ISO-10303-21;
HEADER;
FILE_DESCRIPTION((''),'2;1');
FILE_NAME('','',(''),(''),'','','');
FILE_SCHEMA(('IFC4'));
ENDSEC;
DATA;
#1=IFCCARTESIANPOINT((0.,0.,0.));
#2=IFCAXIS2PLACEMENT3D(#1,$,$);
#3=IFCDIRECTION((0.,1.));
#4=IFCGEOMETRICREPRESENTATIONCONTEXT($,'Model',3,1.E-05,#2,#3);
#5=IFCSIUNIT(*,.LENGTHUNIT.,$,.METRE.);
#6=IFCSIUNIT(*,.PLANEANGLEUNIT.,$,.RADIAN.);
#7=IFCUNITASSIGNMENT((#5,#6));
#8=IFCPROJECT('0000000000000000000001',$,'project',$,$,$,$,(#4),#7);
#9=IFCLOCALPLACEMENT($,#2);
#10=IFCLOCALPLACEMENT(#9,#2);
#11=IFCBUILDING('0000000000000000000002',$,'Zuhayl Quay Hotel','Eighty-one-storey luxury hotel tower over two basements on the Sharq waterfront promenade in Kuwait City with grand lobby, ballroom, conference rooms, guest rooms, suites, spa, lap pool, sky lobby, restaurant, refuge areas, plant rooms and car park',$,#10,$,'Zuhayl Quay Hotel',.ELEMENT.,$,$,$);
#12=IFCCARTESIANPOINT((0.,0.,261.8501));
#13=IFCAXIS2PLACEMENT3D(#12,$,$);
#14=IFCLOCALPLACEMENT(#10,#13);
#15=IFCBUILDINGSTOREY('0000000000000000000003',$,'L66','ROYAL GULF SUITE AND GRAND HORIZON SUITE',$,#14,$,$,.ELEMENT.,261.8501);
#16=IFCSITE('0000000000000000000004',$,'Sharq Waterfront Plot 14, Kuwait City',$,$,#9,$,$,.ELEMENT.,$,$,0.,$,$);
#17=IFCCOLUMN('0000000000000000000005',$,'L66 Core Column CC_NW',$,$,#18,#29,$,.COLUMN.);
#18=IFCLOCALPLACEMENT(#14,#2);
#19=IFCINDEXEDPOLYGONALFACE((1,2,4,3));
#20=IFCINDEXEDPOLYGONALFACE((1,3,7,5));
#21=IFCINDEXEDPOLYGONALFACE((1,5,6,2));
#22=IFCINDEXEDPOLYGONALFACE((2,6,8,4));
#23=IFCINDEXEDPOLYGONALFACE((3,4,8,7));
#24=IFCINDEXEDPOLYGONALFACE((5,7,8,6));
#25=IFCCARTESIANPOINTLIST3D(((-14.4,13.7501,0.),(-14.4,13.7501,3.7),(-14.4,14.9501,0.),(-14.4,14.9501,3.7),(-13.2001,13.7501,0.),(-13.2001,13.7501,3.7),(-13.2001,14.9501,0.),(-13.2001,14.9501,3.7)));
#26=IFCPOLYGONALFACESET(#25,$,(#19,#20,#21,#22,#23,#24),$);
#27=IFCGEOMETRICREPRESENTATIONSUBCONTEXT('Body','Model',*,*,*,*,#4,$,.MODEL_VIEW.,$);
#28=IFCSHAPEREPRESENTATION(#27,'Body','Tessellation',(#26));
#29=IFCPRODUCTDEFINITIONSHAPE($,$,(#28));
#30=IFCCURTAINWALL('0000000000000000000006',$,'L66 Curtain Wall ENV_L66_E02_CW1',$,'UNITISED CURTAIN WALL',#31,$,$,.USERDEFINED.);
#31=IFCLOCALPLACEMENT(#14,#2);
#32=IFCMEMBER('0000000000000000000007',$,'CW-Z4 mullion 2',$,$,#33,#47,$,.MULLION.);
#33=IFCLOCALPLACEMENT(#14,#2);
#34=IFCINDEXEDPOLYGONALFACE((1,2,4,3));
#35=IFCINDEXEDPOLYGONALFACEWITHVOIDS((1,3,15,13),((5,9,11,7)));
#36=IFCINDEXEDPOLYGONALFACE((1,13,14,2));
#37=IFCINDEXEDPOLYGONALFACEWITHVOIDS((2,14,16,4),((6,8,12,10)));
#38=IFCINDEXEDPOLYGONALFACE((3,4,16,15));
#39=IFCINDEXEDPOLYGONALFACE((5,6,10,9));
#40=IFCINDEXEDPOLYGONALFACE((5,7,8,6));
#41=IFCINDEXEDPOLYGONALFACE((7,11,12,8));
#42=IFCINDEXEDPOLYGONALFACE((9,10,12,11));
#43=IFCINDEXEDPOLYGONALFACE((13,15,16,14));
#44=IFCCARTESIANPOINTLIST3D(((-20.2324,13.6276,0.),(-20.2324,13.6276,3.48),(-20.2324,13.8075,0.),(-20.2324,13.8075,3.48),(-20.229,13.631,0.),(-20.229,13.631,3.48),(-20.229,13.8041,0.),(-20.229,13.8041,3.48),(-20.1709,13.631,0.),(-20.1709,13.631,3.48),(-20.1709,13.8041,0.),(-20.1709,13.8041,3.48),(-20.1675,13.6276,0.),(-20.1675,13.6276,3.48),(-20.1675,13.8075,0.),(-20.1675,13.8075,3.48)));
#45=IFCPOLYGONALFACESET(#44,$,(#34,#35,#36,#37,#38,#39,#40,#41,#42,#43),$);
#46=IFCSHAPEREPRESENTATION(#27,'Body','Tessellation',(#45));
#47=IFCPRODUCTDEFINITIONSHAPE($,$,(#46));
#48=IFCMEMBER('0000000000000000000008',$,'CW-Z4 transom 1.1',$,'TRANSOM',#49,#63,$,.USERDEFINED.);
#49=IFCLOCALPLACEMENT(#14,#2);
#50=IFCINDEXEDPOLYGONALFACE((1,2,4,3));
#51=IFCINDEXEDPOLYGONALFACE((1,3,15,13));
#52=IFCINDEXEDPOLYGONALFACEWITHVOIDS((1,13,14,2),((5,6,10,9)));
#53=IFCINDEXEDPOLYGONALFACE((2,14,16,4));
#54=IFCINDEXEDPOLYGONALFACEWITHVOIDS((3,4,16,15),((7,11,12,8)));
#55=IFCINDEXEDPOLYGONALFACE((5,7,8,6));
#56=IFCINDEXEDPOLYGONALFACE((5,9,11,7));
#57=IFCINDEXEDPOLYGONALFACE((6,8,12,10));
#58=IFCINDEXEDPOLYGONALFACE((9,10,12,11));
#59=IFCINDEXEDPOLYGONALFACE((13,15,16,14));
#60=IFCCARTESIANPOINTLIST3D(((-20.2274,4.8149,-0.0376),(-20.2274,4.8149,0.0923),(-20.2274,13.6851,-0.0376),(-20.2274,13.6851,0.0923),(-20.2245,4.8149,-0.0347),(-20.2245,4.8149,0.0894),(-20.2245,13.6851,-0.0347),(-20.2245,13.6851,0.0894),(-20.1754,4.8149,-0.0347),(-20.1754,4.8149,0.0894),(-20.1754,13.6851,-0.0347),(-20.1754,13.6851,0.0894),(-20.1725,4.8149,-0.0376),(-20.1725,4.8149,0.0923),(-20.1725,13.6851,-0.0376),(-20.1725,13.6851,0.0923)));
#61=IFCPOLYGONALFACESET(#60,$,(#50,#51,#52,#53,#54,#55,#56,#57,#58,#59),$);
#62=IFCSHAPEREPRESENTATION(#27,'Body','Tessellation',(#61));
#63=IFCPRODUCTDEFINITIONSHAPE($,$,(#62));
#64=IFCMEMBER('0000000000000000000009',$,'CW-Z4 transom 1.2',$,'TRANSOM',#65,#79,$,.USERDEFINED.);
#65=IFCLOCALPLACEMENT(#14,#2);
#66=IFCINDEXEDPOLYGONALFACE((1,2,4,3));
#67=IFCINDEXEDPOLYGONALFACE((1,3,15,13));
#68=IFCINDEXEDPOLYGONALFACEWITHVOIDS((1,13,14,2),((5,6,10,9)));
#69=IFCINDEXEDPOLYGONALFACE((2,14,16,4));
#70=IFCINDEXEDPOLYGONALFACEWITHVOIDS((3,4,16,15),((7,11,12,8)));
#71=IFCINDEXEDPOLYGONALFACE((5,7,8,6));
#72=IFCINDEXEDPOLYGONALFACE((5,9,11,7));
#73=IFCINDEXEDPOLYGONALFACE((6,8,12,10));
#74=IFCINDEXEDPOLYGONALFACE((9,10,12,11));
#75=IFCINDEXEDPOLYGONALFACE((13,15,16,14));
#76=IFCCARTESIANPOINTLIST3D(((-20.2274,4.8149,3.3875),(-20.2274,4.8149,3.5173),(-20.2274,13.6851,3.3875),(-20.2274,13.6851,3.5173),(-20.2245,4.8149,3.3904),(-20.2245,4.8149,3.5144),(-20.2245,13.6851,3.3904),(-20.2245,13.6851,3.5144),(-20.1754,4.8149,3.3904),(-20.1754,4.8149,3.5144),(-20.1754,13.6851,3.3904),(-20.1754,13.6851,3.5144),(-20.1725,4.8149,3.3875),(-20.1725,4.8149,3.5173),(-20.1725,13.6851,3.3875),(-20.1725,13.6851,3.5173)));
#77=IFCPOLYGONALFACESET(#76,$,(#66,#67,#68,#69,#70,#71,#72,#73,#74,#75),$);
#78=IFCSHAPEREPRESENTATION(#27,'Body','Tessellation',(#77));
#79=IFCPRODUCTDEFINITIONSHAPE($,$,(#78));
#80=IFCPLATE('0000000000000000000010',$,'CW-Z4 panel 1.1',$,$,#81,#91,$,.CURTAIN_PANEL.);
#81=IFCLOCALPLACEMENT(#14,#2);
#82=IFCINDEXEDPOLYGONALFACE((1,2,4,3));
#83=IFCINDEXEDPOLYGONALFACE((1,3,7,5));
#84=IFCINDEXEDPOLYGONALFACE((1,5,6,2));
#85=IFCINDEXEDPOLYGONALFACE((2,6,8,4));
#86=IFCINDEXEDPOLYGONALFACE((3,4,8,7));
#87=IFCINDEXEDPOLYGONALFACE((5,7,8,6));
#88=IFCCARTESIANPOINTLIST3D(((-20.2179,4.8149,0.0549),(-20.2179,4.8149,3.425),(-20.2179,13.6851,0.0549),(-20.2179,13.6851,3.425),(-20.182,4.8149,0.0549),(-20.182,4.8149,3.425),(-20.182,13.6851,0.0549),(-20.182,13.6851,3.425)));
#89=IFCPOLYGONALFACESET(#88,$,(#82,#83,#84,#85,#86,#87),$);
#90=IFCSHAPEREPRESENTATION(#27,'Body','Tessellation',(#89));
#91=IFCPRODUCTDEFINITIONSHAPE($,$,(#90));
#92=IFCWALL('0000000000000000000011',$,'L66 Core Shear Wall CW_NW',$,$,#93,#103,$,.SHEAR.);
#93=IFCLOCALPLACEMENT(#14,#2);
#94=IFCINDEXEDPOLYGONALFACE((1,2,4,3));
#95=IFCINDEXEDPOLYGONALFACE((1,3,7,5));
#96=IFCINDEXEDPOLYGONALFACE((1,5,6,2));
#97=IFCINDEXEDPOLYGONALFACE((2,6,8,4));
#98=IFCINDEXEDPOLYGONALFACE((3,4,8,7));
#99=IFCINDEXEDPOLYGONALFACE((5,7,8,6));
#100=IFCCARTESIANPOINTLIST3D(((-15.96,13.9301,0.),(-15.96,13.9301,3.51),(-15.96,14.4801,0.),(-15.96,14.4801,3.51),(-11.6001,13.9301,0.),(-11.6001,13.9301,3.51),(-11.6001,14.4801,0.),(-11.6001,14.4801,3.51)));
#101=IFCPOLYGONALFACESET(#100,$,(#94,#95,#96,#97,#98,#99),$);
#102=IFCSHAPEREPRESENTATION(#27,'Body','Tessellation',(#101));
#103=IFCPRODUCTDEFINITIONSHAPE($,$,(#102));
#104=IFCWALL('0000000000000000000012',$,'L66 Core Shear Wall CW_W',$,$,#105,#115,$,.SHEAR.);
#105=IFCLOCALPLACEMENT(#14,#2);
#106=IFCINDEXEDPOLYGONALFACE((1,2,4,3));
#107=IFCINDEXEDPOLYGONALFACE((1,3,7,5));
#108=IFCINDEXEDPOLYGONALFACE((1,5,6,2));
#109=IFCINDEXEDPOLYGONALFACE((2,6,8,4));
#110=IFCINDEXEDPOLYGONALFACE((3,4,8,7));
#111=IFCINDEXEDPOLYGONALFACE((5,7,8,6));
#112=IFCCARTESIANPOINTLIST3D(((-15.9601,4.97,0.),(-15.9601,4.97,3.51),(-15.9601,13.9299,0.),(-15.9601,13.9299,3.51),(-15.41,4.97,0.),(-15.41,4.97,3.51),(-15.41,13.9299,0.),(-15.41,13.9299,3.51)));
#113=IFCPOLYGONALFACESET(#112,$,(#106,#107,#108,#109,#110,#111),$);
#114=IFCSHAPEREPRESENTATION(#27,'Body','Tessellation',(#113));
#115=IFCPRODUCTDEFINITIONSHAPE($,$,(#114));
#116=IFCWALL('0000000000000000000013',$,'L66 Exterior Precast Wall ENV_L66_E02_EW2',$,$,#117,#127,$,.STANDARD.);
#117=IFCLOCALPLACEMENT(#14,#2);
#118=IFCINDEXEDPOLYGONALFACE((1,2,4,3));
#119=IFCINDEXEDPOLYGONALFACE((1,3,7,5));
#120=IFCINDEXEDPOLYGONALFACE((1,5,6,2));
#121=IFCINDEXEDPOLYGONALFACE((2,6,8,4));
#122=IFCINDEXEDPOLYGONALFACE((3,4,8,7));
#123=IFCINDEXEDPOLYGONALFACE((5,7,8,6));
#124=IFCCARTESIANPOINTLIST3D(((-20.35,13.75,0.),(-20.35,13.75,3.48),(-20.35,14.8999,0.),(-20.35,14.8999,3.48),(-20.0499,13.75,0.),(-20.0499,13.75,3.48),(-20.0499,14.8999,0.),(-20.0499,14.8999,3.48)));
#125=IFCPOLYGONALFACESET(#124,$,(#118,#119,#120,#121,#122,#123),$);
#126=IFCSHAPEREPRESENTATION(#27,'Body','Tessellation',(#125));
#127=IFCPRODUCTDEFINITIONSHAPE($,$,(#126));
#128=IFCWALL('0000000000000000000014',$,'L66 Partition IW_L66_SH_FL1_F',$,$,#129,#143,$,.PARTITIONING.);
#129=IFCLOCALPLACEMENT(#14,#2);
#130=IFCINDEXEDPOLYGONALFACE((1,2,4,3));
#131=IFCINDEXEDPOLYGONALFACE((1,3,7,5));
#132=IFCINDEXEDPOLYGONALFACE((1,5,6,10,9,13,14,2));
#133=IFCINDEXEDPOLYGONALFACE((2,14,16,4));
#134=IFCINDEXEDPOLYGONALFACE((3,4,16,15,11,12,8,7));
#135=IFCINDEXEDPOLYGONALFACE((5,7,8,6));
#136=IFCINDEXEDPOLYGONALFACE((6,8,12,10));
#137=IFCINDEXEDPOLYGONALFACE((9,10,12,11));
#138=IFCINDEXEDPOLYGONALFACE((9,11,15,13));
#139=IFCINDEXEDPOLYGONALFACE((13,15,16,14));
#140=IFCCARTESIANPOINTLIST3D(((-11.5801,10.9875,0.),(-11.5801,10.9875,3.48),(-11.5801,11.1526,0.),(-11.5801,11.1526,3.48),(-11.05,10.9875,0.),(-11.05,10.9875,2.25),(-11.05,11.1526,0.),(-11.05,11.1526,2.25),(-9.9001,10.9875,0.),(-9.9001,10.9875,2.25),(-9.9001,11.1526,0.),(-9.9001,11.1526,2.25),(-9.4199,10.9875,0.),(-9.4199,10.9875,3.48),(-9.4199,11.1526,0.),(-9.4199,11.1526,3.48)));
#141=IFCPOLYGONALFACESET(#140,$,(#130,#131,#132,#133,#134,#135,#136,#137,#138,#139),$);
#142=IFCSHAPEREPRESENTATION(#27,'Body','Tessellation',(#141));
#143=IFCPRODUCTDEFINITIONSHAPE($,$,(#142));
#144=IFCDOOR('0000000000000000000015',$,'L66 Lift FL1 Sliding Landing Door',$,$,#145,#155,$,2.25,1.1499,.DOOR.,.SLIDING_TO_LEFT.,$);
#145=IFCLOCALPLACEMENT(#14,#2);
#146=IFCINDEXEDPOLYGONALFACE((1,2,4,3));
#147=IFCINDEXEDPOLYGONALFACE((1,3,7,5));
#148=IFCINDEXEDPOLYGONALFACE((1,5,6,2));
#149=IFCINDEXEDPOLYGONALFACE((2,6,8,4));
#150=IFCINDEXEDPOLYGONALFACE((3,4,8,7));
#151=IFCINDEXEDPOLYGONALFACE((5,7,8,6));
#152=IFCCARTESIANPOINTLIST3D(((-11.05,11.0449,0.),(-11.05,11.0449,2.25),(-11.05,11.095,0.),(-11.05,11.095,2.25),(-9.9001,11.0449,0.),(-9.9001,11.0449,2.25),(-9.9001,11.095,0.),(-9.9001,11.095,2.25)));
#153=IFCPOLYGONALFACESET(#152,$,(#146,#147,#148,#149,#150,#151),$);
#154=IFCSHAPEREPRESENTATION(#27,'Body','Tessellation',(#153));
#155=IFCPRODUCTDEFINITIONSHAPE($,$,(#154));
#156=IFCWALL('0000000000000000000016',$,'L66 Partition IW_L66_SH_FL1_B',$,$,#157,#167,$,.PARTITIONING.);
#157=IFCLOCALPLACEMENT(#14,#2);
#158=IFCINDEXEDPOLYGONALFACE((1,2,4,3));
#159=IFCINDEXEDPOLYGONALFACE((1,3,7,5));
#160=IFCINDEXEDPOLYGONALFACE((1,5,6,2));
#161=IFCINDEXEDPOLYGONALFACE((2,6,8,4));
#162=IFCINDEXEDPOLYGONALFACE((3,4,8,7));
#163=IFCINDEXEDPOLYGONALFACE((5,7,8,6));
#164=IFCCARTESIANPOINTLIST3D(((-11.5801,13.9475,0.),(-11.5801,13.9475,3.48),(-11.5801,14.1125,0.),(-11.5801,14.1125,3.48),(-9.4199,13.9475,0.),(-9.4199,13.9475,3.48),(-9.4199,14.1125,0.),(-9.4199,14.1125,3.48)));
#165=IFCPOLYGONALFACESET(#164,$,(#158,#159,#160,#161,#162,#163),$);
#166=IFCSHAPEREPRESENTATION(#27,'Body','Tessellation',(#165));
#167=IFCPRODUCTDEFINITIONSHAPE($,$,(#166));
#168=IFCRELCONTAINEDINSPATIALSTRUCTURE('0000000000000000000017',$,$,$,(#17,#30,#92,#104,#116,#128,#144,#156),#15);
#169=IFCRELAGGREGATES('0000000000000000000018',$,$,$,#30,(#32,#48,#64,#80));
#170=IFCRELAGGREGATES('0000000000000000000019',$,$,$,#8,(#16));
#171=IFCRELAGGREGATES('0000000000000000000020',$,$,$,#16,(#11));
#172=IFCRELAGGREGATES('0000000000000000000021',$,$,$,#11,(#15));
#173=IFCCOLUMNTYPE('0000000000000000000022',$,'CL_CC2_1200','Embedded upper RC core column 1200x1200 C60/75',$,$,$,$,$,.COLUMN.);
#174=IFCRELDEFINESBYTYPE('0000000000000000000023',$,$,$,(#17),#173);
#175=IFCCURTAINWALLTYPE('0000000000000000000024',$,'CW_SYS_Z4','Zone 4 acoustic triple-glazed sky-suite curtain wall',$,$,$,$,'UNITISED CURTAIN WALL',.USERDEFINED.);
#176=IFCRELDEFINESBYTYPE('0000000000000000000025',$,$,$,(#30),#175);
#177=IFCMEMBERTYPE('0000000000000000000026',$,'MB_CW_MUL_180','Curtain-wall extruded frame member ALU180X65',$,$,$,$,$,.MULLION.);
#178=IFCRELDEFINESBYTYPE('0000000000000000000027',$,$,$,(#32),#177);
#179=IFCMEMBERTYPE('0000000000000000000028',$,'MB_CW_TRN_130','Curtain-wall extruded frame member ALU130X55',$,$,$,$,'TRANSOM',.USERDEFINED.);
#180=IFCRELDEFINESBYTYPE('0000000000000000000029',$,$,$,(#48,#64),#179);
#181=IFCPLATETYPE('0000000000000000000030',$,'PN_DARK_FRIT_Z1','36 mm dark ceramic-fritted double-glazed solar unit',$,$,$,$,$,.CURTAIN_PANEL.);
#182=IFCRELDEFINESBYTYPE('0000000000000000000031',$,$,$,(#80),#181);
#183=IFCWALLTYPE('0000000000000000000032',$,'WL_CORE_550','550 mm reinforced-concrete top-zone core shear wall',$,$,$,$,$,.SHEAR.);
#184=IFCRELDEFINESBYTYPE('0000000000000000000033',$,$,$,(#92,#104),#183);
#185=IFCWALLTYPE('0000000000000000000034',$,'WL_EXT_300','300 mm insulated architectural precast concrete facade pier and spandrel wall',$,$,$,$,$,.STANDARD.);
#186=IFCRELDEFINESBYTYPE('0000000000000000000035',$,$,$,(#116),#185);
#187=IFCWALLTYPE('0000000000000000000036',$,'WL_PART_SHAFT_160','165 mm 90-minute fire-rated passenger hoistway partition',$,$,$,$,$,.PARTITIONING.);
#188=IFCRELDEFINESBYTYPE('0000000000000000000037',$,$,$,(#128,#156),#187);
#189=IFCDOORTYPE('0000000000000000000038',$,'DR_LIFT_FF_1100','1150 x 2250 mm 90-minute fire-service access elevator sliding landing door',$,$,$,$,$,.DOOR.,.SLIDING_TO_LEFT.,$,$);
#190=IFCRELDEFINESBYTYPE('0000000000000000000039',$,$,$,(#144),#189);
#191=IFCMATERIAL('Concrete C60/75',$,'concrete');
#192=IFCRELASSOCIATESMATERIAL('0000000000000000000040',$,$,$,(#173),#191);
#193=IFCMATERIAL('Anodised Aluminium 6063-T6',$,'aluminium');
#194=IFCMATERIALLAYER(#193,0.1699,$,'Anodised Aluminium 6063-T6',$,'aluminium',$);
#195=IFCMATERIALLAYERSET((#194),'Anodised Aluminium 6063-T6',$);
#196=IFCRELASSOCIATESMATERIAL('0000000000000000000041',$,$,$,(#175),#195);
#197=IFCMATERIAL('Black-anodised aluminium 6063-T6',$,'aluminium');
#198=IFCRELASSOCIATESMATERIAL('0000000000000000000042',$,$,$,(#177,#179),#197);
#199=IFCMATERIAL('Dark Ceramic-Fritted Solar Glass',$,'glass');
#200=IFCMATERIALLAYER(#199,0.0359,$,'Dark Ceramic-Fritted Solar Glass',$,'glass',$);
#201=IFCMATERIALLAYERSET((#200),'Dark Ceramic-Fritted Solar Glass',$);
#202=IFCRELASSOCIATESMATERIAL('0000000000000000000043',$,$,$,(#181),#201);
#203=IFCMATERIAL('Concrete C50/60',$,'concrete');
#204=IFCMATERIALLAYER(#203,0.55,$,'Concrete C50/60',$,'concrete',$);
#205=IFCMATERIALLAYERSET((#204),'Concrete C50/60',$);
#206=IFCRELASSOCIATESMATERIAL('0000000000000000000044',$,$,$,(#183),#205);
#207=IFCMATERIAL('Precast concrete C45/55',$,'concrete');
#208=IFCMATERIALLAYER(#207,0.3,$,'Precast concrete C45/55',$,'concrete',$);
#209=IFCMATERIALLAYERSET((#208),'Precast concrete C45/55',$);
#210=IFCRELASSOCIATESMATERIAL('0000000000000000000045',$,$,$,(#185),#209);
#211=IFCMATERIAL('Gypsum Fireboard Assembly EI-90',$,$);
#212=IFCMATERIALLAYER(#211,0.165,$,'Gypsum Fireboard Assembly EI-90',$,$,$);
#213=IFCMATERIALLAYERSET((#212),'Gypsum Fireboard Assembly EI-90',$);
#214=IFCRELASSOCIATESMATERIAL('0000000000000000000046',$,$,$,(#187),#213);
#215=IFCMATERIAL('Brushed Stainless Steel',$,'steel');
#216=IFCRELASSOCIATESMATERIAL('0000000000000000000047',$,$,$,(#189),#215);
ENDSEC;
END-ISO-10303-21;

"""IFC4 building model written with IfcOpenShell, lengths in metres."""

from ifc_helpers import new_model, si_unit, direction, frame, frame_2d, origin, origin_2d, place, context, subcontext, project, spatial, rectangle, hollow_rectangle, extrude, material, layer, layer_set, material_profile, profile_set, type_object, element, fill, aggregate, save


model = new_model("IFC4")

# Units and contexts
model_context = context("Model", 3, precision=1e-05, world=origin(), true_north=direction((0.0, 1.0)))
body_context = subcontext(model_context, "Body", "Model", "MODEL_VIEW")
ifc_project = project(units=[si_unit("LENGTHUNIT", "METRE"), si_unit("PLANEANGLEUNIT", "RADIAN")], contexts=[model_context])

# Site, building, storey
site_placement = place(None, origin())
site = spatial("IfcSite", under=ifc_project, at=site_placement, Name="Sharq Waterfront Plot 14, Kuwait City", CompositionType="ELEMENT", RefElevation=0.0)
building_placement = place(site_placement, origin())
building = spatial("IfcBuilding", under=site, at=building_placement, Name="Zuhayl Quay Hotel", Description="Eighty-one-storey luxury hotel tower over two basements on the Sharq waterfront promenade in Kuwait City with grand lobby, ballroom, conference rooms, guest rooms, suites, spa, lap pool, sky lobby, restaurant, refuge areas, plant rooms and car park", LongName="Zuhayl Quay Hotel", CompositionType="ELEMENT")
storey_placement = place(building_placement, frame((0.0, 0.0, 261.8501)))
storey = spatial("IfcBuildingStorey", under=building, at=storey_placement, Name="L66", Description="ROYAL GULF SUITE AND GRAND HORIZON SUITE", CompositionType="ELEMENT", Elevation=261.8501)

# Column
ifc_material_1 = material(Name="Concrete C60/75", Category="concrete")
ifc_material_profile_1 = material_profile(ifc_material_1, rectangle(XDim=1.2, YDim=1.2, at=origin_2d()), Name="RC1200X1200")
ifc_profile_set_1 = profile_set([ifc_material_profile_1], Name="Concrete C60/75")
column_type = type_object("IfcColumnType", Name="CL_CC2_1200", Description="Embedded upper RC core column 1200x1200 C60/75", PredefinedType="COLUMN", material=ifc_profile_set_1)
column_placement = place(storey_placement, frame((-13.8, 14.3501, 0.0), z_axis=(0.0, 0.0, 1.0), x_axis=(1.0, 0.0, 0.0)))
element("IfcColumn", 1, at=column_placement, inside=storey, type_object=column_type, Name="L66 Core Column CC_NW", PredefinedType="COLUMN", context=body_context, shape_type="SweptSolid", body=[
    extrude(rectangle(XDim=1.2, YDim=1.2, at=origin_2d()), origin(), (0.0, 0.0, 1.0), 3.7),
])

# Curtain wall, members, plate
ifc_material_2 = material(Name="Anodised Aluminium 6063-T6", Category="aluminium")
ifc_layer_1 = layer(ifc_material_2, 0.1699, Name="Anodised Aluminium 6063-T6", Category="aluminium")
ifc_layer_set_1 = layer_set([ifc_layer_1], Name="Anodised Aluminium 6063-T6")
curtain_wall_type = type_object("IfcCurtainWallType", Name="CW_SYS_Z4", Description="Zone 4 acoustic triple-glazed sky-suite curtain wall", ElementType="UNITISED CURTAIN WALL", PredefinedType="USERDEFINED", material=ifc_layer_set_1)
curtain_wall_placement = place(storey_placement, origin())
curtain_wall = element("IfcCurtainWall", 2, at=curtain_wall_placement, inside=storey, type_object=curtain_wall_type, Name="L66 Curtain Wall ENV_L66_E02_CW1", ObjectType="UNITISED CURTAIN WALL", PredefinedType="USERDEFINED")
ifc_material_3 = material(Name="Black-anodised aluminium 6063-T6", Category="aluminium")
ifc_material_profile_2 = material_profile(ifc_material_3, hollow_rectangle(XDim=0.0649, YDim=0.1799, WallThickness=0.0034, at=origin_2d()), Name="ALU180X65")
ifc_profile_set_2 = profile_set([ifc_material_profile_2], Name="Black-anodised aluminium 6063-T6")
member_type_1 = type_object("IfcMemberType", Name="MB_CW_MUL_180", Description="Curtain-wall extruded frame member ALU180X65", PredefinedType="MULLION", material=ifc_profile_set_2)
member_1_placement = place(storey_placement, frame((-20.2, 13.7175, 0.0), z_axis=(0.0, 0.0, 1.0), x_axis=(-1.0, 0.0, 0.0)))
member_1 = element("IfcMember", 3, at=member_1_placement, type_object=member_type_1, Name="CW-Z4 mullion 2", PredefinedType="MULLION", context=body_context, shape_type="SweptSolid", body=[
    extrude(hollow_rectangle(XDim=0.0649, YDim=0.1799, WallThickness=0.0034, at=origin_2d()), origin(), (0.0, 0.0, 1.0), 3.48),
])
ifc_material_profile_3 = material_profile(ifc_material_3, hollow_rectangle(XDim=0.0549, YDim=0.1299, WallThickness=0.0029, at=origin_2d()), Name="ALU130X55")
ifc_profile_set_3 = profile_set([ifc_material_profile_3], Name="Black-anodised aluminium 6063-T6")
member_type_2 = type_object("IfcMemberType", Name="MB_CW_TRN_130", Description="Curtain-wall extruded frame member ALU130X55", ElementType="TRANSOM", PredefinedType="USERDEFINED", material=ifc_profile_set_3)
member_2_placement = place(storey_placement, frame((-20.2, 4.8149, 0.0273), z_axis=(0.0, 1.0, 0.0), x_axis=(-1.0, 0.0, 0.0)))
member_2 = element("IfcMember", 4, at=member_2_placement, type_object=member_type_2, Name="CW-Z4 transom 1.1", ObjectType="TRANSOM", PredefinedType="USERDEFINED", context=body_context, shape_type="SweptSolid", body=[
    extrude(hollow_rectangle(XDim=0.0549, YDim=0.1299, WallThickness=0.0029, at=origin_2d()), origin(), (0.0, 0.0, 1.0), 8.8701),
])
member_3_placement = place(storey_placement, frame((-20.2, 4.8149, 3.4524), z_axis=(0.0, 1.0, 0.0), x_axis=(-1.0, 0.0, 0.0)))
member_3 = element("IfcMember", 5, at=member_3_placement, type_object=member_type_2, Name="CW-Z4 transom 1.2", ObjectType="TRANSOM", PredefinedType="USERDEFINED", context=body_context, shape_type="SweptSolid", body=[
    extrude(hollow_rectangle(XDim=0.0549, YDim=0.1299, WallThickness=0.0029, at=origin_2d()), origin(), (0.0, 0.0, 1.0), 8.8701),
])
ifc_material_4 = material(Name="Dark Ceramic-Fritted Solar Glass", Category="glass")
ifc_layer_2 = layer(ifc_material_4, 0.0359, Name="Dark Ceramic-Fritted Solar Glass", Category="glass")
ifc_layer_set_2 = layer_set([ifc_layer_2], Name="Dark Ceramic-Fritted Solar Glass")
plate_type = type_object("IfcPlateType", Name="PN_DARK_FRIT_Z1", Description="36 mm dark ceramic-fritted double-glazed solar unit", PredefinedType="CURTAIN_PANEL", material=ifc_layer_set_2)
plate_placement = place(storey_placement, frame((-20.2, 9.25, 0.0549), z_axis=(0.0, 0.0, 1.0), x_axis=(0.0, 1.0, 0.0)))
plate = element("IfcPlate", 6, at=plate_placement, type_object=plate_type, Name="CW-Z4 panel 1.1", PredefinedType="CURTAIN_PANEL", context=body_context, shape_type="SweptSolid", body=[
    extrude(rectangle(XDim=8.8701, YDim=0.0359, at=origin_2d()), origin(), (0.0, 0.0, 1.0), 3.3701),
])
aggregate(curtain_wall, [member_1, member_2, member_3, plate])

# Walls
ifc_material_5 = material(Name="Concrete C50/60", Category="concrete")
ifc_layer_3 = layer(ifc_material_5, 0.55, Name="Concrete C50/60", Category="concrete")
ifc_layer_set_3 = layer_set([ifc_layer_3], Name="Concrete C50/60")
wall_type_1 = type_object("IfcWallType", Name="WL_CORE_550", Description="550 mm reinforced-concrete top-zone core shear wall", PredefinedType="SHEAR", material=ifc_layer_set_3)
wall_1_placement = place(storey_placement, frame((-15.96, 14.2051, 0.0), z_axis=(0.0, 0.0, 1.0), x_axis=(1.0, 0.0, 0.0)))
element("IfcWall", 7, at=wall_1_placement, inside=storey, type_object=wall_type_1, Name="L66 Core Shear Wall CW_NW", PredefinedType="SHEAR", context=body_context, shape_type="SweptSolid", body=[
    extrude(rectangle(XDim=4.3599, YDim=0.55, at=frame_2d((2.1799, 0.0))), origin(), (0.0, 0.0, 1.0), 3.51),
])
wall_2_placement = place(storey_placement, frame((-15.6851, 4.97, 0.0), z_axis=(0.0, 0.0, 1.0), x_axis=(0.0, 1.0, 0.0)))
element("IfcWall", 8, at=wall_2_placement, inside=storey, type_object=wall_type_1, Name="L66 Core Shear Wall CW_W", PredefinedType="SHEAR", context=body_context, shape_type="SweptSolid", body=[
    extrude(rectangle(XDim=8.96, YDim=0.55, at=frame_2d((4.48, 0.0))), origin(), (0.0, 0.0, 1.0), 3.51),
])
ifc_material_6 = material(Name="Precast concrete C45/55", Category="concrete")
ifc_layer_4 = layer(ifc_material_6, 0.3, Name="Precast concrete C45/55", Category="concrete")
ifc_layer_set_4 = layer_set([ifc_layer_4], Name="Precast concrete C45/55")
wall_type_2 = type_object("IfcWallType", Name="WL_EXT_300", Description="300 mm insulated architectural precast concrete facade pier and spandrel wall", PredefinedType="STANDARD", material=ifc_layer_set_4)
wall_3_placement = place(storey_placement, frame((-20.2, 13.75, 0.0), z_axis=(0.0, 0.0, 1.0), x_axis=(0.0, 1.0, 0.0)))
element("IfcWall", 9, at=wall_3_placement, inside=storey, type_object=wall_type_2, Name="L66 Exterior Precast Wall ENV_L66_E02_EW2", PredefinedType="STANDARD", context=body_context, shape_type="SweptSolid", body=[
    extrude(rectangle(XDim=1.1499, YDim=0.3, at=frame_2d((0.575, 0.0))), origin(), (0.0, 0.0, 1.0), 3.48),
])

# Wall, opening, door
ifc_material_7 = material(Name="Gypsum Fireboard Assembly EI-90")
ifc_layer_5 = layer(ifc_material_7, 0.165, Name="Gypsum Fireboard Assembly EI-90")
ifc_layer_set_5 = layer_set([ifc_layer_5], Name="Gypsum Fireboard Assembly EI-90")
wall_type_3 = type_object("IfcWallType", Name="WL_PART_SHAFT_160", Description="165 mm 90-minute fire-rated passenger hoistway partition", PredefinedType="PARTITIONING", material=ifc_layer_set_5)
wall_4_placement = place(storey_placement, frame((-11.5801, 11.0701, 0.0), z_axis=(0.0, 0.0, 1.0), x_axis=(1.0, 0.0, 0.0)))
wall_4 = element("IfcWall", 10, at=wall_4_placement, inside=storey, type_object=wall_type_3, Name="L66 Partition IW_L66_SH_FL1_F", PredefinedType="PARTITIONING", context=body_context, shape_type="SweptSolid", body=[
    extrude(rectangle(XDim=2.1602, YDim=0.165, at=frame_2d((1.0801, 0.0))), origin(), (0.0, 0.0, 1.0), 3.48),
])
opening_1_placement = place(wall_4_placement, frame((0.53, 0.0, 0.0)))
opening_1 = element("IfcOpeningElement", 11, at=opening_1_placement, cuts=wall_4, PredefinedType="OPENING", context=body_context, shape_type="SweptSolid", body=[
    extrude(rectangle(XDim=1.1499, YDim=2.25, at=frame_2d((0.575, 1.125))), frame((0.0, 0.0925, 0.0), z_axis=(0.0, -1.0, 0.0), x_axis=(1.0, 0.0, 0.0)), (0.0, 0.0, 1.0), 0.1851),
])
ifc_material_8 = material(Name="Brushed Stainless Steel", Category="steel")
door_type_1 = type_object("IfcDoorType", Name="DR_LIFT_FF_1100", Description="1150 x 2250 mm 90-minute fire-service access elevator sliding landing door", OperationType="SLIDING_TO_LEFT", PredefinedType="DOOR", material=ifc_material_8)
door_1_placement = place(opening_1_placement, origin())
door_1 = element("IfcDoor", 12, at=door_1_placement, inside=storey, type_object=door_type_1, Name="L66 Lift FL1 Sliding Landing Door", OperationType="SLIDING_TO_LEFT", OverallHeight=2.25, OverallWidth=1.1499, PredefinedType="DOOR", context=body_context, shape_type="SweptSolid", body=[
    extrude(rectangle(XDim=1.1499, YDim=2.25, at=frame_2d((0.575, 1.125))), frame((0.0, 0.0249, 0.0), z_axis=(0.0, -1.0, 0.0), x_axis=(1.0, 0.0, 0.0)), (0.0, 0.0, 1.0), 0.05),
])
fill(opening_1, door_1)

# Wall
wall_5_placement = place(storey_placement, frame((-11.5801, 14.03, 0.0), z_axis=(0.0, 0.0, 1.0), x_axis=(1.0, 0.0, 0.0)))
element("IfcWall", 13, at=wall_5_placement, inside=storey, type_object=wall_type_3, Name="L66 Partition IW_L66_SH_FL1_B", PredefinedType="PARTITIONING", context=body_context, shape_type="SweptSolid", body=[
    extrude(rectangle(XDim=2.1602, YDim=0.165, at=frame_2d((1.0801, 0.0))), origin(), (0.0, 0.0, 1.0), 3.48),
])

save(model, "model.ifc")
